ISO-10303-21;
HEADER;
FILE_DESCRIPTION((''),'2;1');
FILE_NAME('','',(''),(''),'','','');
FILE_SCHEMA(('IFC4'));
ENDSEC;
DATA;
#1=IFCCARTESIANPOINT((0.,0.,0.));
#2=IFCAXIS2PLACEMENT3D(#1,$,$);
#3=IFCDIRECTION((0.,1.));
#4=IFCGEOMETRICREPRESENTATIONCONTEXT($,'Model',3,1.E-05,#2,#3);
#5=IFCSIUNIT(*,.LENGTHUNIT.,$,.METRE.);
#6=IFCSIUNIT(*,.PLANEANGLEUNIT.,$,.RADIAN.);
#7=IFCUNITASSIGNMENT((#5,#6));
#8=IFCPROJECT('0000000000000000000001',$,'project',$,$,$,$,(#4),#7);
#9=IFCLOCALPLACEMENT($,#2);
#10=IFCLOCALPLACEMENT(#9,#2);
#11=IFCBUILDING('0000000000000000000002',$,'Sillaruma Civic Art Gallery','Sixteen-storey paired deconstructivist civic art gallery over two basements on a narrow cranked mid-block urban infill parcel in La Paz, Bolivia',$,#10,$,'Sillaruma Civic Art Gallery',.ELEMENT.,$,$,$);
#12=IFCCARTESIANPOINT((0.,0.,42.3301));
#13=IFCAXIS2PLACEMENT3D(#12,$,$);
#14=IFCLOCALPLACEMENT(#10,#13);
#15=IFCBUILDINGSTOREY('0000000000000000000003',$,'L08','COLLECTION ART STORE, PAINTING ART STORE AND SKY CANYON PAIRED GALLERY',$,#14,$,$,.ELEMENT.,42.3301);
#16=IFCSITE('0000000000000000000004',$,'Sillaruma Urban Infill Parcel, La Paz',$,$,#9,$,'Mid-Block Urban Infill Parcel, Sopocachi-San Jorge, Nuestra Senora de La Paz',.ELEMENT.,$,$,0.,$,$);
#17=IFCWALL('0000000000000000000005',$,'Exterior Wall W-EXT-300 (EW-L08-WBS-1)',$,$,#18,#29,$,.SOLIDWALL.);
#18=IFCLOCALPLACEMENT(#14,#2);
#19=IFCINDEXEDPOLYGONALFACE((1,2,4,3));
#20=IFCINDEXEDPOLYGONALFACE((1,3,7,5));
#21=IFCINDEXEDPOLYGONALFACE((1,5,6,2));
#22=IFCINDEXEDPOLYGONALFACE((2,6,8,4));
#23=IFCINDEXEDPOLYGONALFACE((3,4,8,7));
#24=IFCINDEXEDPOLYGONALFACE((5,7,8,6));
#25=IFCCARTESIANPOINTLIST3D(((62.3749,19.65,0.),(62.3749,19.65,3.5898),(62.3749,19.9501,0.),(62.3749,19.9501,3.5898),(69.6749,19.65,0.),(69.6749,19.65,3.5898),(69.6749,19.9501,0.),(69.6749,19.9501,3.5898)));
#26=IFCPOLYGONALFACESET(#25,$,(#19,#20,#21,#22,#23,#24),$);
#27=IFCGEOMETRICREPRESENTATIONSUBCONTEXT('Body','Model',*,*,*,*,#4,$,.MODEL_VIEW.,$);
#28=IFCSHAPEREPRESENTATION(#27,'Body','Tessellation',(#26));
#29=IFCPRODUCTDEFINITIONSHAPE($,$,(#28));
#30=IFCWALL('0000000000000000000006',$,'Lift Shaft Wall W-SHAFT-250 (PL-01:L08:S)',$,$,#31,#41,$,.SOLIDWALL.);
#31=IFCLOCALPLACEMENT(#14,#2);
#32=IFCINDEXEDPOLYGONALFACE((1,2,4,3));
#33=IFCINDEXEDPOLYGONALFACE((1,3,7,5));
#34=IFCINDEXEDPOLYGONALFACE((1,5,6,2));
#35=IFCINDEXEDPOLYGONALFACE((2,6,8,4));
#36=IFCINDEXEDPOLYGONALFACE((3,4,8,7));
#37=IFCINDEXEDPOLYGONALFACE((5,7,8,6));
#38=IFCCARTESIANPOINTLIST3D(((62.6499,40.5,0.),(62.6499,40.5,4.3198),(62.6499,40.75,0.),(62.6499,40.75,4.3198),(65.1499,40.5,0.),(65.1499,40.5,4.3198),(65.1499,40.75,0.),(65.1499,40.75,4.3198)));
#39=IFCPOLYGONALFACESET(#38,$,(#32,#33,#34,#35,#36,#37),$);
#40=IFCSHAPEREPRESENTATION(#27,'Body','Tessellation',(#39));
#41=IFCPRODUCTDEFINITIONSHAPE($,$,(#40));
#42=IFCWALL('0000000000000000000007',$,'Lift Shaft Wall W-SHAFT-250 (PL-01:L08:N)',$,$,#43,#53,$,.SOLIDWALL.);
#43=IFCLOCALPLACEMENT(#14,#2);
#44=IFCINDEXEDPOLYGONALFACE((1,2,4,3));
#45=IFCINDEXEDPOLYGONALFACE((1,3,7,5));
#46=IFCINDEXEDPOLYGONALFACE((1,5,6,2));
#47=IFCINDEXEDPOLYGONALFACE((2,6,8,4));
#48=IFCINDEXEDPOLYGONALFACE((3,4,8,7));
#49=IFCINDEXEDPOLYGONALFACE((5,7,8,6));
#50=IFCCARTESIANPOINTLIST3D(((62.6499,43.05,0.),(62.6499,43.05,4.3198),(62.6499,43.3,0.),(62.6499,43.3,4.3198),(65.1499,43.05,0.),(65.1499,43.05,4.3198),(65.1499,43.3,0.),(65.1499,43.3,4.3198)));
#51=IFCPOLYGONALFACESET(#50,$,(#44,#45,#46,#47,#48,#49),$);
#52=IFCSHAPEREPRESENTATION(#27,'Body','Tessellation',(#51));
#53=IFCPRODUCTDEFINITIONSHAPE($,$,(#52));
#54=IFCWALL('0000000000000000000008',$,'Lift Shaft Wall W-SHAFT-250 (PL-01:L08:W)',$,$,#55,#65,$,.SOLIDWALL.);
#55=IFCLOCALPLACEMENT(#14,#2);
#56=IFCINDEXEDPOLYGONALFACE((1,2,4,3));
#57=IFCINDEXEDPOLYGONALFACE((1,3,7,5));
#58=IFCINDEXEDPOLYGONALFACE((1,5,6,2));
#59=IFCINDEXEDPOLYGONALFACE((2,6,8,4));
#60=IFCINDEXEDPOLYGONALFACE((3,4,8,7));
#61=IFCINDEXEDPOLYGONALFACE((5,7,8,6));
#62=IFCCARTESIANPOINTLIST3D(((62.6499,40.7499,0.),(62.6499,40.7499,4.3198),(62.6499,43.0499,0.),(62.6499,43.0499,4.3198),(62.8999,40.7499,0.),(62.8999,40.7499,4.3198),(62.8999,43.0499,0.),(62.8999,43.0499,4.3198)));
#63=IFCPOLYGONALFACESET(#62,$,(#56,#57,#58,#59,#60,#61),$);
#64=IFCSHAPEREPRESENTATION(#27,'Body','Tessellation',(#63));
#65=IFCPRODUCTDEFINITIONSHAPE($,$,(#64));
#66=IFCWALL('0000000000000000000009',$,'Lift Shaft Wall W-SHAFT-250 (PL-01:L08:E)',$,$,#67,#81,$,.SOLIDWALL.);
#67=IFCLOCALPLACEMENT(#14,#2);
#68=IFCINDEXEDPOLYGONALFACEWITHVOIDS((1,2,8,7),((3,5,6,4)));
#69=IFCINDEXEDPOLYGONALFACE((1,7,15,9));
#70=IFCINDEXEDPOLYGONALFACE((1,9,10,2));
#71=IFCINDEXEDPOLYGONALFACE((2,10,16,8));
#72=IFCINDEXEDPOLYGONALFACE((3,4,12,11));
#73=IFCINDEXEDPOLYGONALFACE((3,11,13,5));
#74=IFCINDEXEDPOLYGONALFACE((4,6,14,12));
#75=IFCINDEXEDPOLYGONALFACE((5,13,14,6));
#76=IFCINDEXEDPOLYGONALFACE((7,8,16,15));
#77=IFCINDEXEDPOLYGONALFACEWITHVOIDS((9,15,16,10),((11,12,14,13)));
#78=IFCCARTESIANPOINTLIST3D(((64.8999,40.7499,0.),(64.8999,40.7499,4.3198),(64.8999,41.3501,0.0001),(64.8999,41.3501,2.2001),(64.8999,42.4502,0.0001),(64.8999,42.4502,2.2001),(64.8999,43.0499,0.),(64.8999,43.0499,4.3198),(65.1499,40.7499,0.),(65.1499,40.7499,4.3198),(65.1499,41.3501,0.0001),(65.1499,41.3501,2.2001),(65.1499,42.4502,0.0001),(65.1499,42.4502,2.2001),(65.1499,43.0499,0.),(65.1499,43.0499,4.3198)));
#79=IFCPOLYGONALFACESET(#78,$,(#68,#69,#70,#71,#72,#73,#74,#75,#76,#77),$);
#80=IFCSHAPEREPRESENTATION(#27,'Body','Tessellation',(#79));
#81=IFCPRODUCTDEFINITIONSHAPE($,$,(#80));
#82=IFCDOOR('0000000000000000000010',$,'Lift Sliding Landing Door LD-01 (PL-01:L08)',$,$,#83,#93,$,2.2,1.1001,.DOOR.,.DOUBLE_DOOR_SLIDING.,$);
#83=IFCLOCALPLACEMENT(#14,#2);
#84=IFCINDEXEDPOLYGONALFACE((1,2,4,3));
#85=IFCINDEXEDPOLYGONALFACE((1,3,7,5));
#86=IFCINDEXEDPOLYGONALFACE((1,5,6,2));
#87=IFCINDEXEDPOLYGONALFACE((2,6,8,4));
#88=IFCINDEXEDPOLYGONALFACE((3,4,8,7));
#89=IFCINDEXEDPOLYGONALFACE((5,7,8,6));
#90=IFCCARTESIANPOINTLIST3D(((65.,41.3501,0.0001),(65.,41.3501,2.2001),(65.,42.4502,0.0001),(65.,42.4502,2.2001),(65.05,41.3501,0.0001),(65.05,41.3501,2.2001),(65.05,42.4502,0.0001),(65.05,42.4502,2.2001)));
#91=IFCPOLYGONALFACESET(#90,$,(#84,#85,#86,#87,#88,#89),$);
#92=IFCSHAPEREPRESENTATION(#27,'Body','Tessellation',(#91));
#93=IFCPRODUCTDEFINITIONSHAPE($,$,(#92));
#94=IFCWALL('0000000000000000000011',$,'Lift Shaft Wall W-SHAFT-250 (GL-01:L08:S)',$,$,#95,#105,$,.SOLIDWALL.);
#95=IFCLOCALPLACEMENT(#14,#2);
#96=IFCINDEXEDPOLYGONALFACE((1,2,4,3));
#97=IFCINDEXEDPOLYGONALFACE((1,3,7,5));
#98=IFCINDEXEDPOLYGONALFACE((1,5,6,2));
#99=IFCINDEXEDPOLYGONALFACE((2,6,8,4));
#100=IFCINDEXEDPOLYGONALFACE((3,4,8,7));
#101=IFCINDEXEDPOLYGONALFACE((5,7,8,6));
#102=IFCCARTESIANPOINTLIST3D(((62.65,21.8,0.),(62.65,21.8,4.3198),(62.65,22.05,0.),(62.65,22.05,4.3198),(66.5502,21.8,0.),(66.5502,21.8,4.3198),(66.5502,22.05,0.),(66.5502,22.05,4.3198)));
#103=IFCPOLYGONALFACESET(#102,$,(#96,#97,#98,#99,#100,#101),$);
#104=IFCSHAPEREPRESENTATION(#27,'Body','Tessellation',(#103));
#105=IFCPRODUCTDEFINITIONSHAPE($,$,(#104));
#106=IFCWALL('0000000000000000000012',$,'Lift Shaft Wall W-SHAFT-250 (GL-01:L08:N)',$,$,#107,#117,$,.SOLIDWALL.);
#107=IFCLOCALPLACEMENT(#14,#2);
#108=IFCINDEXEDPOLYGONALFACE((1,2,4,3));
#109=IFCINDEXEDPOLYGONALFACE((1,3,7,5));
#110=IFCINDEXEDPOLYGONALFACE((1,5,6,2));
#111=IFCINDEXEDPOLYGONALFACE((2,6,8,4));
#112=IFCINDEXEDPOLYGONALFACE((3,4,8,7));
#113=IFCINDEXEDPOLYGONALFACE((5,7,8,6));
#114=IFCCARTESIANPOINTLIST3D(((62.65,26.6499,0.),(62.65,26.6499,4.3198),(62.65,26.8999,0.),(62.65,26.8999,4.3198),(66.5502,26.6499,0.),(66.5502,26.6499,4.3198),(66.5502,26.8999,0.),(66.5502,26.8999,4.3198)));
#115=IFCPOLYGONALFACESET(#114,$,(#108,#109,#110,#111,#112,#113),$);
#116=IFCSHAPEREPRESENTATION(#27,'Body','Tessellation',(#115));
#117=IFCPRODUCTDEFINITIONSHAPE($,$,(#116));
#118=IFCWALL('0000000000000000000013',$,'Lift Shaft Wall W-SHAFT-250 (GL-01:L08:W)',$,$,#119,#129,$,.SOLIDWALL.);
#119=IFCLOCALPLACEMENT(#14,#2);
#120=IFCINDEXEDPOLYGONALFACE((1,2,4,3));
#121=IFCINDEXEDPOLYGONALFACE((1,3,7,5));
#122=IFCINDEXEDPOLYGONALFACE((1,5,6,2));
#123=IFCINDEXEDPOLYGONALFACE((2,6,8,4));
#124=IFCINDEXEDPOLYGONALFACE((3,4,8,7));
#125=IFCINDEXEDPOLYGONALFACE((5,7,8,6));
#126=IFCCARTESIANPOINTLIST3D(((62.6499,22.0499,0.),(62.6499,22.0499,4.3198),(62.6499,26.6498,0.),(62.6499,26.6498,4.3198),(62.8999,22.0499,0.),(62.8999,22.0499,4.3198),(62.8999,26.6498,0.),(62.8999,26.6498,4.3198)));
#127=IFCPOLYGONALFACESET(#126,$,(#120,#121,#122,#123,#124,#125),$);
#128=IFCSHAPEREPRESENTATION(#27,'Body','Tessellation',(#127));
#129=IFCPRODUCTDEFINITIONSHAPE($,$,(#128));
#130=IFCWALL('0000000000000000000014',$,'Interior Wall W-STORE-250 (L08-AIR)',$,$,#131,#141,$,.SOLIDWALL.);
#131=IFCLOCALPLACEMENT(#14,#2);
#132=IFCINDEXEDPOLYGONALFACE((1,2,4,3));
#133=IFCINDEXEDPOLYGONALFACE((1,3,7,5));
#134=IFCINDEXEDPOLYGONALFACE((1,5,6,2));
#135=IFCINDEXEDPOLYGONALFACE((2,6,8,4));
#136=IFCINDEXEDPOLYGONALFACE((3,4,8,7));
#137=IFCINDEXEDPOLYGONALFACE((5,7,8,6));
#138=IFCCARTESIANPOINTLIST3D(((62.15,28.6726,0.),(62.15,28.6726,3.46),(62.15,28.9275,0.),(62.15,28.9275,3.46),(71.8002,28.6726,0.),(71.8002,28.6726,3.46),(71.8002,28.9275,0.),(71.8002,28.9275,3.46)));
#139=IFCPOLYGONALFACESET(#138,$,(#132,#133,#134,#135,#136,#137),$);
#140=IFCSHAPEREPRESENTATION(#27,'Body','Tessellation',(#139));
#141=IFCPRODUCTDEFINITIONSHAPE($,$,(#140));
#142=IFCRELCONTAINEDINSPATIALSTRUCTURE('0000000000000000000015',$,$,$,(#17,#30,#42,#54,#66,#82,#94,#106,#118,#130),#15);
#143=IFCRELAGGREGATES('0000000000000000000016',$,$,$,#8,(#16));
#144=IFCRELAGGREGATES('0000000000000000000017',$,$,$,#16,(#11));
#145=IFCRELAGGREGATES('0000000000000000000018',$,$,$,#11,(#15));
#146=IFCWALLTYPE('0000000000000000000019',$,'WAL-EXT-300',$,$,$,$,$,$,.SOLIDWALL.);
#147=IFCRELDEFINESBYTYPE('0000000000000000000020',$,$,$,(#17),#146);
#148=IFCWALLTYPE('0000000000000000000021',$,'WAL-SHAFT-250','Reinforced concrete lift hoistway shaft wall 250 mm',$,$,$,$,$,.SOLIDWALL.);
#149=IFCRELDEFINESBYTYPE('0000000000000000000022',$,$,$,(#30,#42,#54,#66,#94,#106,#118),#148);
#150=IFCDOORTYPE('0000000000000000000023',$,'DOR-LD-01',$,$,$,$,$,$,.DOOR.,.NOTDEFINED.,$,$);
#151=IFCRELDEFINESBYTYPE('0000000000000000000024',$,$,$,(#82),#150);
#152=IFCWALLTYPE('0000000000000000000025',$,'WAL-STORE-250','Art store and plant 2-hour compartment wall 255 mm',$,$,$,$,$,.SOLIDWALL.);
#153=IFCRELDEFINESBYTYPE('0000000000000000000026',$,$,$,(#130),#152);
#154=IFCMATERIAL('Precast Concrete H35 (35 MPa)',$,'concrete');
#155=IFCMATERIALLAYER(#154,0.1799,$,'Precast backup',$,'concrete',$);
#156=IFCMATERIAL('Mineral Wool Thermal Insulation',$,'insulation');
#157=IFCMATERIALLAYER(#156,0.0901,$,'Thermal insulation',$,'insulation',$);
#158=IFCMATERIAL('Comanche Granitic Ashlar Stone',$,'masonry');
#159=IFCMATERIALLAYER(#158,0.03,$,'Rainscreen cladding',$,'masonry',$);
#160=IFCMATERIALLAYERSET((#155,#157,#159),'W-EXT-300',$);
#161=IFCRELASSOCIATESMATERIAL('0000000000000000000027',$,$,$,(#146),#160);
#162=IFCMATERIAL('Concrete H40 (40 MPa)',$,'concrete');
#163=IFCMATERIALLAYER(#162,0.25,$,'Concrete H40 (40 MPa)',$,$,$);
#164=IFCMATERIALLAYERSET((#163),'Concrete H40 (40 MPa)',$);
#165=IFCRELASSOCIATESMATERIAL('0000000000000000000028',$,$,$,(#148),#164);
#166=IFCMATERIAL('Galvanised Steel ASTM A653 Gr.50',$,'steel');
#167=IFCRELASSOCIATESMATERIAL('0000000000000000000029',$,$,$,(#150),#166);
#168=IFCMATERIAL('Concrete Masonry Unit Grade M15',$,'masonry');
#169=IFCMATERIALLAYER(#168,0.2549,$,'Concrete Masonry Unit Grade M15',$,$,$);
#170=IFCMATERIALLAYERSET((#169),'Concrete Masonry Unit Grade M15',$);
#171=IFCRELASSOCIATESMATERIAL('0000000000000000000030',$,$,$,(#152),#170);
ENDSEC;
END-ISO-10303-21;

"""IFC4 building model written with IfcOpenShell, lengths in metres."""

from ifc_helpers import new_model, si_unit, direction, frame, frame_2d, origin, place, context, subcontext, project, spatial, rectangle, extrude, material, layer, layer_set, type_object, element, fill, save


model = new_model("IFC4")

# Units and contexts
model_context = context("Model", 3, precision=1e-05, world=origin(), true_north=direction((0.0, 1.0)))
body_context = subcontext(model_context, "Body", "Model", "MODEL_VIEW")
ifc_project = project(units=[si_unit("LENGTHUNIT", "METRE"), si_unit("PLANEANGLEUNIT", "RADIAN")], contexts=[model_context])

# Site, building, storey
site_placement = place(None, origin())
site = spatial("IfcSite", under=ifc_project, at=site_placement, Name="Sillaruma Urban Infill Parcel, La Paz", LongName="Mid-Block Urban Infill Parcel, Sopocachi-San Jorge, Nuestra Senora de La Paz", CompositionType="ELEMENT", RefElevation=0.0)
building_placement = place(site_placement, origin())
building = spatial("IfcBuilding", under=site, at=building_placement, Name="Sillaruma Civic Art Gallery", Description="Sixteen-storey paired deconstructivist civic art gallery over two basements on a narrow cranked mid-block urban infill parcel in La Paz, Bolivia", LongName="Sillaruma Civic Art Gallery", CompositionType="ELEMENT")
storey_placement = place(building_placement, frame((0.0, 0.0, 42.3301)))
storey = spatial("IfcBuildingStorey", under=building, at=storey_placement, Name="L08", Description="COLLECTION ART STORE, PAINTING ART STORE AND SKY CANYON PAIRED GALLERY", CompositionType="ELEMENT", Elevation=42.3301)

# Shared definitions
ifc_material_1 = material(Name="Concrete H40 (40 MPa)", Category="concrete")
ifc_material_2 = material(Name="Galvanised Steel ASTM A653 Gr.50", Category="steel")

# Walls
ifc_material_3 = material(Name="Precast Concrete H35 (35 MPa)", Category="concrete")
ifc_layer_1 = layer(ifc_material_3, 0.1799, Name="Precast backup", Category="concrete")
ifc_material_4 = material(Name="Mineral Wool Thermal Insulation", Category="insulation")
ifc_layer_2 = layer(ifc_material_4, 0.0901, Name="Thermal insulation", Category="insulation")
ifc_material_5 = material(Name="Comanche Granitic Ashlar Stone", Category="masonry")
ifc_layer_3 = layer(ifc_material_5, 0.03, Name="Rainscreen cladding", Category="masonry")
ifc_layer_set_1 = layer_set([ifc_layer_1, ifc_layer_2, ifc_layer_3], Name="W-EXT-300")
wall_type_1 = type_object("IfcWallType", Name="WAL-EXT-300", PredefinedType="SOLIDWALL", material=ifc_layer_set_1)
wall_1_placement = place(storey_placement, frame((62.375, 19.8, 0.0), z_axis=(0.0, 0.0, 1.0), x_axis=(1.0, 0.0, 0.0)))
element("IfcWall", 1, at=wall_1_placement, inside=storey, type_object=wall_type_1, Name="Exterior Wall W-EXT-300 (EW-L08-WBS-1)", PredefinedType="SOLIDWALL", context=body_context, shape_type="SweptSolid", body=[
    extrude(rectangle(XDim=7.3, YDim=0.3, at=frame_2d((3.6499, 0.0))), origin(), (0.0, 0.0, 1.0), 3.5898),
])
ifc_layer_4 = layer(ifc_material_1, 0.25, Name="Concrete H40 (40 MPa)")
ifc_layer_set_2 = layer_set([ifc_layer_4], Name="Concrete H40 (40 MPa)")
wall_type_2 = type_object("IfcWallType", Name="WAL-SHAFT-250", Description="Reinforced concrete lift hoistway shaft wall 250 mm", PredefinedType="SOLIDWALL", material=ifc_layer_set_2)
for number, where, z_axis, x_axis, name in (
    (2, (62.6499, 40.625, 0.0), (0.0, 0.0, 1.0), (1.0, 0.0, 0.0), "Lift Shaft Wall W-SHAFT-250 (PL-01:L08:S)"),
    (3, (62.6499, 43.175, 0.0), (0.0, 0.0, 1.0), (1.0, 0.0, 0.0), "Lift Shaft Wall W-SHAFT-250 (PL-01:L08:N)"),
):
    element("IfcWall", number, at=place(storey_placement, frame(where, z_axis=z_axis, x_axis=x_axis)), inside=storey, type_object=wall_type_2, Name=name, PredefinedType="SOLIDWALL", context=body_context, shape_type="SweptSolid", body=[
        extrude(rectangle(XDim=2.5, YDim=0.25, at=frame_2d((1.25, 0.0))), origin(), (0.0, 0.0, 1.0), 4.3198),
    ])
wall_2_placement = place(storey_placement, frame((62.7749, 40.75, 0.0), z_axis=(0.0, 0.0, 1.0), x_axis=(0.0, 1.0, 0.0)))
element("IfcWall", 4, at=wall_2_placement, inside=storey, type_object=wall_type_2, Name="Lift Shaft Wall W-SHAFT-250 (PL-01:L08:W)", PredefinedType="SOLIDWALL", context=body_context, shape_type="SweptSolid", body=[
    extrude(rectangle(XDim=2.3, YDim=0.25, at=frame_2d((1.1499, 0.0))), origin(), (0.0, 0.0, 1.0), 4.3198),
])

# Wall, opening, door
wall_3_placement = place(storey_placement, frame((65.0249, 40.75, 0.0), z_axis=(0.0, 0.0, 1.0), x_axis=(0.0, 1.0, 0.0)))
wall_3 = element("IfcWall", 5, at=wall_3_placement, inside=storey, type_object=wall_type_2, Name="Lift Shaft Wall W-SHAFT-250 (PL-01:L08:E)", PredefinedType="SOLIDWALL", context=body_context, shape_type="SweptSolid", body=[
    extrude(rectangle(XDim=2.3, YDim=0.25, at=frame_2d((1.1499, 0.0))), origin(), (0.0, 0.0, 1.0), 4.3198),
])
opening_1_placement = place(wall_3_placement, frame((0.6001, 0.0, 0.0)))
opening_1 = element("IfcOpeningElement", 6, at=opening_1_placement, cuts=wall_3, PredefinedType="OPENING", context=body_context, shape_type="SweptSolid", body=[
    extrude(rectangle(XDim=1.1001, YDim=2.2, at=frame_2d((0.55, 1.1001))), frame((0.0, 0.135, 0.0), z_axis=(0.0, -1.0, 0.0), x_axis=(1.0, 0.0, 0.0)), (0.0, 0.0, 1.0), 0.27),
])
door_type_1 = type_object("IfcDoorType", Name="DOR-LD-01", OperationType="NOTDEFINED", PredefinedType="DOOR", material=ifc_material_2)
door_1_placement = place(opening_1_placement, origin())
door_1 = element("IfcDoor", 7, at=door_1_placement, inside=storey, type_object=door_type_1, Name="Lift Sliding Landing Door LD-01 (PL-01:L08)", OperationType="DOUBLE_DOOR_SLIDING", OverallHeight=2.2, OverallWidth=1.1001, PredefinedType="DOOR", context=body_context, shape_type="SweptSolid", body=[
    extrude(rectangle(XDim=1.1001, YDim=2.2, at=frame_2d((0.55, 1.1001))), frame((0.0, 0.0249, 0.0), z_axis=(0.0, -1.0, 0.0), x_axis=(1.0, 0.0, 0.0)), (0.0, 0.0, 1.0), 0.05),
])
fill(opening_1, door_1)

# Walls
for number, where, z_axis, x_axis, name in (
    (8, (62.6499, 21.925, 0.0), (0.0, 0.0, 1.0), (1.0, 0.0, 0.0), "Lift Shaft Wall W-SHAFT-250 (GL-01:L08:S)"),
    (9, (62.6499, 26.7749, 0.0), (0.0, 0.0, 1.0), (1.0, 0.0, 0.0), "Lift Shaft Wall W-SHAFT-250 (GL-01:L08:N)"),
):
    element("IfcWall", number, at=place(storey_placement, frame(where, z_axis=z_axis, x_axis=x_axis)), inside=storey, type_object=wall_type_2, Name=name, PredefinedType="SOLIDWALL", context=body_context, shape_type="SweptSolid", body=[
        extrude(rectangle(XDim=3.9001, YDim=0.25, at=frame_2d((1.9502, 0.0))), origin(), (0.0, 0.0, 1.0), 4.3198),
    ])
wall_4_placement = place(storey_placement, frame((62.7749, 22.05, 0.0), z_axis=(0.0, 0.0, 1.0), x_axis=(0.0, 1.0, 0.0)))
element("IfcWall", 10, at=wall_4_placement, inside=storey, type_object=wall_type_2, Name="Lift Shaft Wall W-SHAFT-250 (GL-01:L08:W)", PredefinedType="SOLIDWALL", context=body_context, shape_type="SweptSolid", body=[
    extrude(rectangle(XDim=4.5999, YDim=0.25, at=frame_2d((2.2998, 0.0))), origin(), (0.0, 0.0, 1.0), 4.3198),
])
ifc_material_6 = material(Name="Concrete Masonry Unit Grade M15", Category="masonry")
ifc_layer_5 = layer(ifc_material_6, 0.2549, Name="Concrete Masonry Unit Grade M15")
ifc_layer_set_3 = layer_set([ifc_layer_5], Name="Concrete Masonry Unit Grade M15")
wall_type_3 = type_object("IfcWallType", Name="WAL-STORE-250", Description="Art store and plant 2-hour compartment wall 255 mm", PredefinedType="SOLIDWALL", material=ifc_layer_set_3)
wall_5_placement = place(storey_placement, frame((62.1499, 28.8, 0.0), z_axis=(0.0, 0.0, 1.0), x_axis=(1.0, 0.0, 0.0)))
element("IfcWall", 11, at=wall_5_placement, inside=storey, type_object=wall_type_3, Name="Interior Wall W-STORE-250 (L08-AIR)", PredefinedType="SOLIDWALL", context=body_context, shape_type="SweptSolid", body=[
    extrude(rectangle(XDim=9.6501, YDim=0.2549, at=frame_2d((4.8252, 0.0))), origin(), (0.0, 0.0, 1.0), 3.46),
])

save(model, "model.ifc")
